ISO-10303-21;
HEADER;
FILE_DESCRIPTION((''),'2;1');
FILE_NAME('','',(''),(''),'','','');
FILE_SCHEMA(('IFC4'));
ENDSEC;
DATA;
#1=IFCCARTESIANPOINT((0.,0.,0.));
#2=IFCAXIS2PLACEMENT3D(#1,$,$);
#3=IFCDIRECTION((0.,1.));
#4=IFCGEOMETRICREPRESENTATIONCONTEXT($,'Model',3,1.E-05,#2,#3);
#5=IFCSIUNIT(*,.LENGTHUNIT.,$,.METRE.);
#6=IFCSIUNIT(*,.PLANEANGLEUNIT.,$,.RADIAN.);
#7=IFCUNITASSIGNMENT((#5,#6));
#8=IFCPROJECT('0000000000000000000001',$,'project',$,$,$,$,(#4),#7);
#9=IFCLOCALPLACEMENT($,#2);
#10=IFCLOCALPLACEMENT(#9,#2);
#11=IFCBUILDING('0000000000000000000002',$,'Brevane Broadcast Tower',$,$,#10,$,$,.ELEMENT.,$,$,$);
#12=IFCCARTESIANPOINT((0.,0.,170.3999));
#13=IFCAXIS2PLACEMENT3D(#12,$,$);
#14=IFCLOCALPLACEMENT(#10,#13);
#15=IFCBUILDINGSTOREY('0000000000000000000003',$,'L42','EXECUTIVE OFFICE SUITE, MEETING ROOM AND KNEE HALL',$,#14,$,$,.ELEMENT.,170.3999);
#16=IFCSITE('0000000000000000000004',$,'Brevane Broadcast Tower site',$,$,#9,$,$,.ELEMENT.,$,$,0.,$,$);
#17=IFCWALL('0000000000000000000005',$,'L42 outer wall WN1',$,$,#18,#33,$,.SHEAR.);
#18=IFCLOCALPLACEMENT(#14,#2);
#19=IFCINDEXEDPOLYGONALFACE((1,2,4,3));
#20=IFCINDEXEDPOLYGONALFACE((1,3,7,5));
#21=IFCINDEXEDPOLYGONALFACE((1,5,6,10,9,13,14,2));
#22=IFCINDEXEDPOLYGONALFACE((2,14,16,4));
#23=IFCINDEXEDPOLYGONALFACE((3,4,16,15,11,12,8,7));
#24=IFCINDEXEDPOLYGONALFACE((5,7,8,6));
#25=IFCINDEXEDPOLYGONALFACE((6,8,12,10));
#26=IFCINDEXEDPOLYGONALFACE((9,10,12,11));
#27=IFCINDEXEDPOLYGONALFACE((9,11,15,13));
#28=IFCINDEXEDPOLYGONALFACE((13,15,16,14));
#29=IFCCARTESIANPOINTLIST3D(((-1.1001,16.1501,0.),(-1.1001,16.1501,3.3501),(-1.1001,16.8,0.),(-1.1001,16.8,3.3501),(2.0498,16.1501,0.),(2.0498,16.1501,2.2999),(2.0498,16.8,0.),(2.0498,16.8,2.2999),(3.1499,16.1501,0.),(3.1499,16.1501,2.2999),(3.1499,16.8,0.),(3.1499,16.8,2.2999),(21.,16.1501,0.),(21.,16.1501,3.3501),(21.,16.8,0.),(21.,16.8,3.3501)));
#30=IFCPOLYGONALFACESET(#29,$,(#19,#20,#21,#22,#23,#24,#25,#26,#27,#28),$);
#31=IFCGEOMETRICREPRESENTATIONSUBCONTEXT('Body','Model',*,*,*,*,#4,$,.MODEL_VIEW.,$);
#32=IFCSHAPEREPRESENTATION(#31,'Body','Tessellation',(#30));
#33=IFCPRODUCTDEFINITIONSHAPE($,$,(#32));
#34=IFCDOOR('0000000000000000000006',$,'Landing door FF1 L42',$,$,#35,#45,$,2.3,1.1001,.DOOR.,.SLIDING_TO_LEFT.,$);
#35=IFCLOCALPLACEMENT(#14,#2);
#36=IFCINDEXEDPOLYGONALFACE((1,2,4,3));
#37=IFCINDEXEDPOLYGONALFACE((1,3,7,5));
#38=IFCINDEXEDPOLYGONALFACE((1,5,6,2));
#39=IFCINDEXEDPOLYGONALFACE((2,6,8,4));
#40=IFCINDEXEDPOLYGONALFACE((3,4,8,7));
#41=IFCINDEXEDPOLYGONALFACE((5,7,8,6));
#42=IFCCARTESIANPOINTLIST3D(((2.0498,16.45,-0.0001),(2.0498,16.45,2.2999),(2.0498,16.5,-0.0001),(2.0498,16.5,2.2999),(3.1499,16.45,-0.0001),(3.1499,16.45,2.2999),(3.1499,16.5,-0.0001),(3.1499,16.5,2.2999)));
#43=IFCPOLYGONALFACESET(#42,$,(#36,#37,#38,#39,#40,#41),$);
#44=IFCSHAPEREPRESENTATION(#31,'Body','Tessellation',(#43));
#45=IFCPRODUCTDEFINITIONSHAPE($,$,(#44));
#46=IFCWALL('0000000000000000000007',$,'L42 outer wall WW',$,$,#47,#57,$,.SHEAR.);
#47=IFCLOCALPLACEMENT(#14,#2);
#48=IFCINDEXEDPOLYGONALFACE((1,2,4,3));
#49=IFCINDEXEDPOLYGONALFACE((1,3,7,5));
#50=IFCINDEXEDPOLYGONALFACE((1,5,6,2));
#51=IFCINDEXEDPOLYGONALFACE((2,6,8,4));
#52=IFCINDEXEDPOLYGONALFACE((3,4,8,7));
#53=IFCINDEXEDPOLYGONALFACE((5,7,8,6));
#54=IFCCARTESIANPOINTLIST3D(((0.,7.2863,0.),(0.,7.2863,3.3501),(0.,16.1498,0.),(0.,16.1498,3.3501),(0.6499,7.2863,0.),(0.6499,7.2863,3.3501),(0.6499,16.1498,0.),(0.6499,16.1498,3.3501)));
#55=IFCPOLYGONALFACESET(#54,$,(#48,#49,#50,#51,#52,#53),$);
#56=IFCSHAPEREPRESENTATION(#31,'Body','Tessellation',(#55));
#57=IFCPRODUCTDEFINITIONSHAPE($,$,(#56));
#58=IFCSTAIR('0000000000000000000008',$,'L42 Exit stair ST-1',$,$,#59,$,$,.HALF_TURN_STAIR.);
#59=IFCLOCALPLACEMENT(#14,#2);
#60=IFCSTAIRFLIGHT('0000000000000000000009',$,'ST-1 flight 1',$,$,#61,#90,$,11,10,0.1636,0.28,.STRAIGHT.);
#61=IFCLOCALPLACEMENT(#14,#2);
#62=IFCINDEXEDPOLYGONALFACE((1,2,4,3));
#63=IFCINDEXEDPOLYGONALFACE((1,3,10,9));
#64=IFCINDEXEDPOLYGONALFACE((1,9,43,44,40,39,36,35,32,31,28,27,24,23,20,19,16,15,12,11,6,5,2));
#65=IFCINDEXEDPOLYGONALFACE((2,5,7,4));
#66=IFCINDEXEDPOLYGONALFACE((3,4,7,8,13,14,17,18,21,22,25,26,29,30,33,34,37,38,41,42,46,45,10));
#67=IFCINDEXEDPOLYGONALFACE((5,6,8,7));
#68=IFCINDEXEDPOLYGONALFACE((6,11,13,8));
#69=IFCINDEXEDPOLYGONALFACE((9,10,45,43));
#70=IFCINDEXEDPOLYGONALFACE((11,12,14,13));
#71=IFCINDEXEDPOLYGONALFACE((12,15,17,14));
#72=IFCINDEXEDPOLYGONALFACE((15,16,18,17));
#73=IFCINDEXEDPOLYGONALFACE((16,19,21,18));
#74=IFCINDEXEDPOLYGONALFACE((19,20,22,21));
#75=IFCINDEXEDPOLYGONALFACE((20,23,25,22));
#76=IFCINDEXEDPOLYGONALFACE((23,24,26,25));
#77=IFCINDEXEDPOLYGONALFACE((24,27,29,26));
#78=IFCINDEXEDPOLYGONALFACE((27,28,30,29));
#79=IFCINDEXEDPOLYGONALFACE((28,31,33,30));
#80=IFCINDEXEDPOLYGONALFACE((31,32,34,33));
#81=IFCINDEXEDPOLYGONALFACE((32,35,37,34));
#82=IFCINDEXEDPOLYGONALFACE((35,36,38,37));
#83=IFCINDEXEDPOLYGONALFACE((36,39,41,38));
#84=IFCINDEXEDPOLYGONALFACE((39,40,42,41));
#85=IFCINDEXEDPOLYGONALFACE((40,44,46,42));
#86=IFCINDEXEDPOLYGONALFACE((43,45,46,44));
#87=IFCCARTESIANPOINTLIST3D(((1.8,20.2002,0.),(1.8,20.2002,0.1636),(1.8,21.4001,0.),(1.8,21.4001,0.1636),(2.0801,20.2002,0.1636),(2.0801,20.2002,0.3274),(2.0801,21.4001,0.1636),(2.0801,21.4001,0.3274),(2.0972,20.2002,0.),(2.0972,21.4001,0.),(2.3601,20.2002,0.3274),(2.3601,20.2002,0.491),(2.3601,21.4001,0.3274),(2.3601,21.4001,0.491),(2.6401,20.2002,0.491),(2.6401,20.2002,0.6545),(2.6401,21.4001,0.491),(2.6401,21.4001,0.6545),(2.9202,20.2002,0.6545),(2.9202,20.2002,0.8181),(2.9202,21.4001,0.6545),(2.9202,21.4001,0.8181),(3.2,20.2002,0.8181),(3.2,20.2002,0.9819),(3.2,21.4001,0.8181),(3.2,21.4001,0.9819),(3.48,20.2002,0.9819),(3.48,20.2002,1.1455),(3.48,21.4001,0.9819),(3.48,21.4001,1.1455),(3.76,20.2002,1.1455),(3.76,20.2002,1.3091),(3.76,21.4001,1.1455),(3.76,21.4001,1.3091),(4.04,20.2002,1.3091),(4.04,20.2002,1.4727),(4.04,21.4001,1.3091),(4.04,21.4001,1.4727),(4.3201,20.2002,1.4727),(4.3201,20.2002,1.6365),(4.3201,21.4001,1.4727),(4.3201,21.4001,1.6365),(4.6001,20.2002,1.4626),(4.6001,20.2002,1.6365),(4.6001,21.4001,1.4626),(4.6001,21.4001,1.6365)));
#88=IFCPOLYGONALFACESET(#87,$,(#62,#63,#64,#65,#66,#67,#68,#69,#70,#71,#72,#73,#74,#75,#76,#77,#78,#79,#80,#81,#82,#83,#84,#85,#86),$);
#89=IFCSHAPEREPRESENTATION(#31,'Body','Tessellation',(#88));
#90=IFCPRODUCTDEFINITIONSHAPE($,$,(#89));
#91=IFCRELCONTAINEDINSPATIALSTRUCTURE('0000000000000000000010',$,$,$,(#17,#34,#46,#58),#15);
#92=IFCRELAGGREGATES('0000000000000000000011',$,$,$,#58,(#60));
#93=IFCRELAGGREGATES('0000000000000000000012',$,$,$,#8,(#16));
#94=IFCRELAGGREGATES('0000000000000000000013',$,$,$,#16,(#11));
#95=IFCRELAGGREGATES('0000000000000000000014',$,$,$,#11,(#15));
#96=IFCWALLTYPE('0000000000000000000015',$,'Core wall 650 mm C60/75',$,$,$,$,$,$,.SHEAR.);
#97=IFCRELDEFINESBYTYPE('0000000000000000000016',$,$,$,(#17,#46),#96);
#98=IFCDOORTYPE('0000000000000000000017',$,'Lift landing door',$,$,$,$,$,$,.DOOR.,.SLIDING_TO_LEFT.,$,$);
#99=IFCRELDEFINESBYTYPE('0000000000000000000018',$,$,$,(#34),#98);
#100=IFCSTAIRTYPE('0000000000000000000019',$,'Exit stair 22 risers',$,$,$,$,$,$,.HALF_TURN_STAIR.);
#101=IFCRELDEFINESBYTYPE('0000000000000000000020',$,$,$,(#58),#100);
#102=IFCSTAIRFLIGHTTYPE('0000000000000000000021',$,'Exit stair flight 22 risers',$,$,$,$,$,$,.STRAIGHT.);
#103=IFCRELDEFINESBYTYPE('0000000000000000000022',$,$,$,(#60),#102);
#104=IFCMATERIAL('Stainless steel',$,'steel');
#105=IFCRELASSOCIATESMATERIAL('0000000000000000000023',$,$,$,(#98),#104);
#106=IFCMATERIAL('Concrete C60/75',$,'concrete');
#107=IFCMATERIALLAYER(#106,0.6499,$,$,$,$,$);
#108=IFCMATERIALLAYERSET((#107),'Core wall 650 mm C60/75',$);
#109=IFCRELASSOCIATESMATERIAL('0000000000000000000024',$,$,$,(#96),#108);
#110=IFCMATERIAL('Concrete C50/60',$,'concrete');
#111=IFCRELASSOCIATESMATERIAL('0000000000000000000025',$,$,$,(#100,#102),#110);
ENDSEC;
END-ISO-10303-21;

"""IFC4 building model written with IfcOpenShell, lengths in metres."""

from ifc_helpers import new_model, si_unit, direction, frame, frame_2d, origin, place, context, subcontext, project, spatial, polyline, rectangle, outline, extrude, material, layer, layer_set, type_object, element, fill, aggregate, save


model = new_model("IFC4")

# Units and contexts
model_context = context("Model", 3, precision=1e-05, world=origin(), true_north=direction((0.0, 1.0)))
body_context = subcontext(model_context, "Body", "Model", "MODEL_VIEW")
ifc_project = project(units=[si_unit("LENGTHUNIT", "METRE"), si_unit("PLANEANGLEUNIT", "RADIAN")], contexts=[model_context])

# Site, building, storey
site_placement = place(None, origin())
site = spatial("IfcSite", under=ifc_project, at=site_placement, Name="Brevane Broadcast Tower site", CompositionType="ELEMENT", RefElevation=0.0)
building_placement = place(site_placement, origin())
building = spatial("IfcBuilding", under=site, at=building_placement, Name="Brevane Broadcast Tower", CompositionType="ELEMENT")
storey_placement = place(building_placement, frame((0.0, 0.0, 170.3999)))
storey = spatial("IfcBuildingStorey", under=building, at=storey_placement, Name="L42", Description="EXECUTIVE OFFICE SUITE, MEETING ROOM AND KNEE HALL", CompositionType="ELEMENT", Elevation=170.3999)

# Shared definitions
ifc_material_1 = material(Name="Concrete C60/75", Category="concrete")

# Shared definitions
ifc_material_2 = material(Name="Stainless steel", Category="steel")
door_type_1 = type_object("IfcDoorType", Name="Lift landing door", OperationType="SLIDING_TO_LEFT", PredefinedType="DOOR", material=ifc_material_2)

# Wall, opening, door
ifc_layer_1 = layer(ifc_material_1, 0.6499)
ifc_layer_set_1 = layer_set([ifc_layer_1], Name="Core wall 650 mm C60/75")
wall_type_1 = type_object("IfcWallType", Name="Core wall 650 mm C60/75", PredefinedType="SHEAR", material=ifc_layer_set_1)
wall_1_placement = place(storey_placement, frame((-1.1001, 16.4751, 0.0), z_axis=(0.0, 0.0, 1.0), x_axis=(1.0, 0.0, 0.0)))
wall_1 = element("IfcWall", 1, at=wall_1_placement, inside=storey, type_object=wall_type_1, Name="L42 outer wall WN1", PredefinedType="SHEAR", context=body_context, shape_type="SweptSolid", body=[
    extrude(rectangle(XDim=22.1001, YDim=0.6499, at=frame_2d((11.05, 0.0))), origin(), (0.0, 0.0, 1.0), 3.3501),
])
opening_1_placement = place(wall_1_placement, frame((3.1499, 0.0, 0.0)))
opening_1 = element("IfcOpeningElement", 2, at=opening_1_placement, cuts=wall_1, PredefinedType="OPENING", context=body_context, shape_type="SweptSolid", body=[
    extrude(rectangle(XDim=1.1001, YDim=2.3, at=frame_2d((0.55, 1.1499))), frame((0.0, 0.335, 0.0), z_axis=(0.0, -1.0, 0.0), x_axis=(1.0, 0.0, 0.0)), (0.0, 0.0, 1.0), 0.6699),
])
door_1_placement = place(opening_1_placement, origin())
door_1 = element("IfcDoor", 3, at=door_1_placement, inside=storey, type_object=door_type_1, Name="Landing door FF1 L42", OperationType="SLIDING_TO_LEFT", OverallHeight=2.3, OverallWidth=1.1001, PredefinedType="DOOR", context=body_context, shape_type="SweptSolid", body=[
    extrude(rectangle(XDim=1.1001, YDim=2.3, at=frame_2d((0.55, 1.1499))), frame((0.0, 0.0249, 0.0), z_axis=(0.0, -1.0, 0.0), x_axis=(1.0, 0.0, 0.0)), (0.0, 0.0, 1.0), 0.05),
])
fill(opening_1, door_1)

# Wall
wall_2_placement = place(storey_placement, frame((0.325, 7.2864, 0.0), z_axis=(0.0, 0.0, 1.0), x_axis=(0.0, 1.0, 0.0)))
element("IfcWall", 4, at=wall_2_placement, inside=storey, type_object=wall_type_1, Name="L42 outer wall WW", PredefinedType="SHEAR", context=body_context, shape_type="SweptSolid", body=[
    extrude(rectangle(XDim=8.8635, YDim=0.6499, at=frame_2d((4.4316, 0.0))), origin(), (0.0, 0.0, 1.0), 3.3501),
])

# Stair, stair flight
ifc_material_3 = material(Name="Concrete C50/60", Category="concrete")
stair_type = type_object("IfcStairType", Name="Exit stair 22 risers", PredefinedType="HALF_TURN_STAIR", material=ifc_material_3)
stair_placement = place(storey_placement, origin())
stair = element("IfcStair", 5, at=stair_placement, inside=storey, type_object=stair_type, Name="L42 Exit stair ST-1", PredefinedType="HALF_TURN_STAIR")
stair_flight_type = type_object("IfcStairFlightType", Name="Exit stair flight 22 risers", PredefinedType="STRAIGHT", material=ifc_material_3)
stair_flight_placement = place(storey_placement, frame((1.8, 20.8, 0.0), z_axis=(0.0, 0.0, 1.0), x_axis=(1.0, 0.0, 0.0)))
stair_flight = element("IfcStairFlight", 6, at=stair_flight_placement, type_object=stair_flight_type, Name="ST-1 flight 1", NumberOfRisers=11, NumberOfTreads=10, PredefinedType="STRAIGHT", RiserHeight=0.1636, TreadLength=0.28, context=body_context, shape_type="SweptSolid", body=[
    extrude(outline(polyline([(0.0, 0.0), (0.0, 0.1636), (0.28, 0.1636), (0.28, 0.3274), (0.5601, 0.3274), (0.5601, 0.491), (0.8401, 0.491), (0.8401, 0.6545), (1.1201, 0.6545), (1.1201, 0.8181), (1.3999, 0.8181), (1.3999, 0.9819), (1.6799, 0.9819), (1.6799, 1.1455), (1.96, 1.1455), (1.96, 1.3091), (2.24, 1.3091), (2.24, 1.4727), (2.52, 1.4727), (2.52, 1.6365), (2.8, 1.6365), (2.8, 1.8), (2.8, 1.4626), (0.2971, 0.0), (0.0, 0.0)])), frame((0.0, 0.6001, 0.0), z_axis=(0.0, -1.0, 0.0), x_axis=(1.0, 0.0, 0.0)), (0.0, 0.0, 1.0), 1.2),
])
aggregate(stair, [stair_flight])

save(model, "model.ifc")
